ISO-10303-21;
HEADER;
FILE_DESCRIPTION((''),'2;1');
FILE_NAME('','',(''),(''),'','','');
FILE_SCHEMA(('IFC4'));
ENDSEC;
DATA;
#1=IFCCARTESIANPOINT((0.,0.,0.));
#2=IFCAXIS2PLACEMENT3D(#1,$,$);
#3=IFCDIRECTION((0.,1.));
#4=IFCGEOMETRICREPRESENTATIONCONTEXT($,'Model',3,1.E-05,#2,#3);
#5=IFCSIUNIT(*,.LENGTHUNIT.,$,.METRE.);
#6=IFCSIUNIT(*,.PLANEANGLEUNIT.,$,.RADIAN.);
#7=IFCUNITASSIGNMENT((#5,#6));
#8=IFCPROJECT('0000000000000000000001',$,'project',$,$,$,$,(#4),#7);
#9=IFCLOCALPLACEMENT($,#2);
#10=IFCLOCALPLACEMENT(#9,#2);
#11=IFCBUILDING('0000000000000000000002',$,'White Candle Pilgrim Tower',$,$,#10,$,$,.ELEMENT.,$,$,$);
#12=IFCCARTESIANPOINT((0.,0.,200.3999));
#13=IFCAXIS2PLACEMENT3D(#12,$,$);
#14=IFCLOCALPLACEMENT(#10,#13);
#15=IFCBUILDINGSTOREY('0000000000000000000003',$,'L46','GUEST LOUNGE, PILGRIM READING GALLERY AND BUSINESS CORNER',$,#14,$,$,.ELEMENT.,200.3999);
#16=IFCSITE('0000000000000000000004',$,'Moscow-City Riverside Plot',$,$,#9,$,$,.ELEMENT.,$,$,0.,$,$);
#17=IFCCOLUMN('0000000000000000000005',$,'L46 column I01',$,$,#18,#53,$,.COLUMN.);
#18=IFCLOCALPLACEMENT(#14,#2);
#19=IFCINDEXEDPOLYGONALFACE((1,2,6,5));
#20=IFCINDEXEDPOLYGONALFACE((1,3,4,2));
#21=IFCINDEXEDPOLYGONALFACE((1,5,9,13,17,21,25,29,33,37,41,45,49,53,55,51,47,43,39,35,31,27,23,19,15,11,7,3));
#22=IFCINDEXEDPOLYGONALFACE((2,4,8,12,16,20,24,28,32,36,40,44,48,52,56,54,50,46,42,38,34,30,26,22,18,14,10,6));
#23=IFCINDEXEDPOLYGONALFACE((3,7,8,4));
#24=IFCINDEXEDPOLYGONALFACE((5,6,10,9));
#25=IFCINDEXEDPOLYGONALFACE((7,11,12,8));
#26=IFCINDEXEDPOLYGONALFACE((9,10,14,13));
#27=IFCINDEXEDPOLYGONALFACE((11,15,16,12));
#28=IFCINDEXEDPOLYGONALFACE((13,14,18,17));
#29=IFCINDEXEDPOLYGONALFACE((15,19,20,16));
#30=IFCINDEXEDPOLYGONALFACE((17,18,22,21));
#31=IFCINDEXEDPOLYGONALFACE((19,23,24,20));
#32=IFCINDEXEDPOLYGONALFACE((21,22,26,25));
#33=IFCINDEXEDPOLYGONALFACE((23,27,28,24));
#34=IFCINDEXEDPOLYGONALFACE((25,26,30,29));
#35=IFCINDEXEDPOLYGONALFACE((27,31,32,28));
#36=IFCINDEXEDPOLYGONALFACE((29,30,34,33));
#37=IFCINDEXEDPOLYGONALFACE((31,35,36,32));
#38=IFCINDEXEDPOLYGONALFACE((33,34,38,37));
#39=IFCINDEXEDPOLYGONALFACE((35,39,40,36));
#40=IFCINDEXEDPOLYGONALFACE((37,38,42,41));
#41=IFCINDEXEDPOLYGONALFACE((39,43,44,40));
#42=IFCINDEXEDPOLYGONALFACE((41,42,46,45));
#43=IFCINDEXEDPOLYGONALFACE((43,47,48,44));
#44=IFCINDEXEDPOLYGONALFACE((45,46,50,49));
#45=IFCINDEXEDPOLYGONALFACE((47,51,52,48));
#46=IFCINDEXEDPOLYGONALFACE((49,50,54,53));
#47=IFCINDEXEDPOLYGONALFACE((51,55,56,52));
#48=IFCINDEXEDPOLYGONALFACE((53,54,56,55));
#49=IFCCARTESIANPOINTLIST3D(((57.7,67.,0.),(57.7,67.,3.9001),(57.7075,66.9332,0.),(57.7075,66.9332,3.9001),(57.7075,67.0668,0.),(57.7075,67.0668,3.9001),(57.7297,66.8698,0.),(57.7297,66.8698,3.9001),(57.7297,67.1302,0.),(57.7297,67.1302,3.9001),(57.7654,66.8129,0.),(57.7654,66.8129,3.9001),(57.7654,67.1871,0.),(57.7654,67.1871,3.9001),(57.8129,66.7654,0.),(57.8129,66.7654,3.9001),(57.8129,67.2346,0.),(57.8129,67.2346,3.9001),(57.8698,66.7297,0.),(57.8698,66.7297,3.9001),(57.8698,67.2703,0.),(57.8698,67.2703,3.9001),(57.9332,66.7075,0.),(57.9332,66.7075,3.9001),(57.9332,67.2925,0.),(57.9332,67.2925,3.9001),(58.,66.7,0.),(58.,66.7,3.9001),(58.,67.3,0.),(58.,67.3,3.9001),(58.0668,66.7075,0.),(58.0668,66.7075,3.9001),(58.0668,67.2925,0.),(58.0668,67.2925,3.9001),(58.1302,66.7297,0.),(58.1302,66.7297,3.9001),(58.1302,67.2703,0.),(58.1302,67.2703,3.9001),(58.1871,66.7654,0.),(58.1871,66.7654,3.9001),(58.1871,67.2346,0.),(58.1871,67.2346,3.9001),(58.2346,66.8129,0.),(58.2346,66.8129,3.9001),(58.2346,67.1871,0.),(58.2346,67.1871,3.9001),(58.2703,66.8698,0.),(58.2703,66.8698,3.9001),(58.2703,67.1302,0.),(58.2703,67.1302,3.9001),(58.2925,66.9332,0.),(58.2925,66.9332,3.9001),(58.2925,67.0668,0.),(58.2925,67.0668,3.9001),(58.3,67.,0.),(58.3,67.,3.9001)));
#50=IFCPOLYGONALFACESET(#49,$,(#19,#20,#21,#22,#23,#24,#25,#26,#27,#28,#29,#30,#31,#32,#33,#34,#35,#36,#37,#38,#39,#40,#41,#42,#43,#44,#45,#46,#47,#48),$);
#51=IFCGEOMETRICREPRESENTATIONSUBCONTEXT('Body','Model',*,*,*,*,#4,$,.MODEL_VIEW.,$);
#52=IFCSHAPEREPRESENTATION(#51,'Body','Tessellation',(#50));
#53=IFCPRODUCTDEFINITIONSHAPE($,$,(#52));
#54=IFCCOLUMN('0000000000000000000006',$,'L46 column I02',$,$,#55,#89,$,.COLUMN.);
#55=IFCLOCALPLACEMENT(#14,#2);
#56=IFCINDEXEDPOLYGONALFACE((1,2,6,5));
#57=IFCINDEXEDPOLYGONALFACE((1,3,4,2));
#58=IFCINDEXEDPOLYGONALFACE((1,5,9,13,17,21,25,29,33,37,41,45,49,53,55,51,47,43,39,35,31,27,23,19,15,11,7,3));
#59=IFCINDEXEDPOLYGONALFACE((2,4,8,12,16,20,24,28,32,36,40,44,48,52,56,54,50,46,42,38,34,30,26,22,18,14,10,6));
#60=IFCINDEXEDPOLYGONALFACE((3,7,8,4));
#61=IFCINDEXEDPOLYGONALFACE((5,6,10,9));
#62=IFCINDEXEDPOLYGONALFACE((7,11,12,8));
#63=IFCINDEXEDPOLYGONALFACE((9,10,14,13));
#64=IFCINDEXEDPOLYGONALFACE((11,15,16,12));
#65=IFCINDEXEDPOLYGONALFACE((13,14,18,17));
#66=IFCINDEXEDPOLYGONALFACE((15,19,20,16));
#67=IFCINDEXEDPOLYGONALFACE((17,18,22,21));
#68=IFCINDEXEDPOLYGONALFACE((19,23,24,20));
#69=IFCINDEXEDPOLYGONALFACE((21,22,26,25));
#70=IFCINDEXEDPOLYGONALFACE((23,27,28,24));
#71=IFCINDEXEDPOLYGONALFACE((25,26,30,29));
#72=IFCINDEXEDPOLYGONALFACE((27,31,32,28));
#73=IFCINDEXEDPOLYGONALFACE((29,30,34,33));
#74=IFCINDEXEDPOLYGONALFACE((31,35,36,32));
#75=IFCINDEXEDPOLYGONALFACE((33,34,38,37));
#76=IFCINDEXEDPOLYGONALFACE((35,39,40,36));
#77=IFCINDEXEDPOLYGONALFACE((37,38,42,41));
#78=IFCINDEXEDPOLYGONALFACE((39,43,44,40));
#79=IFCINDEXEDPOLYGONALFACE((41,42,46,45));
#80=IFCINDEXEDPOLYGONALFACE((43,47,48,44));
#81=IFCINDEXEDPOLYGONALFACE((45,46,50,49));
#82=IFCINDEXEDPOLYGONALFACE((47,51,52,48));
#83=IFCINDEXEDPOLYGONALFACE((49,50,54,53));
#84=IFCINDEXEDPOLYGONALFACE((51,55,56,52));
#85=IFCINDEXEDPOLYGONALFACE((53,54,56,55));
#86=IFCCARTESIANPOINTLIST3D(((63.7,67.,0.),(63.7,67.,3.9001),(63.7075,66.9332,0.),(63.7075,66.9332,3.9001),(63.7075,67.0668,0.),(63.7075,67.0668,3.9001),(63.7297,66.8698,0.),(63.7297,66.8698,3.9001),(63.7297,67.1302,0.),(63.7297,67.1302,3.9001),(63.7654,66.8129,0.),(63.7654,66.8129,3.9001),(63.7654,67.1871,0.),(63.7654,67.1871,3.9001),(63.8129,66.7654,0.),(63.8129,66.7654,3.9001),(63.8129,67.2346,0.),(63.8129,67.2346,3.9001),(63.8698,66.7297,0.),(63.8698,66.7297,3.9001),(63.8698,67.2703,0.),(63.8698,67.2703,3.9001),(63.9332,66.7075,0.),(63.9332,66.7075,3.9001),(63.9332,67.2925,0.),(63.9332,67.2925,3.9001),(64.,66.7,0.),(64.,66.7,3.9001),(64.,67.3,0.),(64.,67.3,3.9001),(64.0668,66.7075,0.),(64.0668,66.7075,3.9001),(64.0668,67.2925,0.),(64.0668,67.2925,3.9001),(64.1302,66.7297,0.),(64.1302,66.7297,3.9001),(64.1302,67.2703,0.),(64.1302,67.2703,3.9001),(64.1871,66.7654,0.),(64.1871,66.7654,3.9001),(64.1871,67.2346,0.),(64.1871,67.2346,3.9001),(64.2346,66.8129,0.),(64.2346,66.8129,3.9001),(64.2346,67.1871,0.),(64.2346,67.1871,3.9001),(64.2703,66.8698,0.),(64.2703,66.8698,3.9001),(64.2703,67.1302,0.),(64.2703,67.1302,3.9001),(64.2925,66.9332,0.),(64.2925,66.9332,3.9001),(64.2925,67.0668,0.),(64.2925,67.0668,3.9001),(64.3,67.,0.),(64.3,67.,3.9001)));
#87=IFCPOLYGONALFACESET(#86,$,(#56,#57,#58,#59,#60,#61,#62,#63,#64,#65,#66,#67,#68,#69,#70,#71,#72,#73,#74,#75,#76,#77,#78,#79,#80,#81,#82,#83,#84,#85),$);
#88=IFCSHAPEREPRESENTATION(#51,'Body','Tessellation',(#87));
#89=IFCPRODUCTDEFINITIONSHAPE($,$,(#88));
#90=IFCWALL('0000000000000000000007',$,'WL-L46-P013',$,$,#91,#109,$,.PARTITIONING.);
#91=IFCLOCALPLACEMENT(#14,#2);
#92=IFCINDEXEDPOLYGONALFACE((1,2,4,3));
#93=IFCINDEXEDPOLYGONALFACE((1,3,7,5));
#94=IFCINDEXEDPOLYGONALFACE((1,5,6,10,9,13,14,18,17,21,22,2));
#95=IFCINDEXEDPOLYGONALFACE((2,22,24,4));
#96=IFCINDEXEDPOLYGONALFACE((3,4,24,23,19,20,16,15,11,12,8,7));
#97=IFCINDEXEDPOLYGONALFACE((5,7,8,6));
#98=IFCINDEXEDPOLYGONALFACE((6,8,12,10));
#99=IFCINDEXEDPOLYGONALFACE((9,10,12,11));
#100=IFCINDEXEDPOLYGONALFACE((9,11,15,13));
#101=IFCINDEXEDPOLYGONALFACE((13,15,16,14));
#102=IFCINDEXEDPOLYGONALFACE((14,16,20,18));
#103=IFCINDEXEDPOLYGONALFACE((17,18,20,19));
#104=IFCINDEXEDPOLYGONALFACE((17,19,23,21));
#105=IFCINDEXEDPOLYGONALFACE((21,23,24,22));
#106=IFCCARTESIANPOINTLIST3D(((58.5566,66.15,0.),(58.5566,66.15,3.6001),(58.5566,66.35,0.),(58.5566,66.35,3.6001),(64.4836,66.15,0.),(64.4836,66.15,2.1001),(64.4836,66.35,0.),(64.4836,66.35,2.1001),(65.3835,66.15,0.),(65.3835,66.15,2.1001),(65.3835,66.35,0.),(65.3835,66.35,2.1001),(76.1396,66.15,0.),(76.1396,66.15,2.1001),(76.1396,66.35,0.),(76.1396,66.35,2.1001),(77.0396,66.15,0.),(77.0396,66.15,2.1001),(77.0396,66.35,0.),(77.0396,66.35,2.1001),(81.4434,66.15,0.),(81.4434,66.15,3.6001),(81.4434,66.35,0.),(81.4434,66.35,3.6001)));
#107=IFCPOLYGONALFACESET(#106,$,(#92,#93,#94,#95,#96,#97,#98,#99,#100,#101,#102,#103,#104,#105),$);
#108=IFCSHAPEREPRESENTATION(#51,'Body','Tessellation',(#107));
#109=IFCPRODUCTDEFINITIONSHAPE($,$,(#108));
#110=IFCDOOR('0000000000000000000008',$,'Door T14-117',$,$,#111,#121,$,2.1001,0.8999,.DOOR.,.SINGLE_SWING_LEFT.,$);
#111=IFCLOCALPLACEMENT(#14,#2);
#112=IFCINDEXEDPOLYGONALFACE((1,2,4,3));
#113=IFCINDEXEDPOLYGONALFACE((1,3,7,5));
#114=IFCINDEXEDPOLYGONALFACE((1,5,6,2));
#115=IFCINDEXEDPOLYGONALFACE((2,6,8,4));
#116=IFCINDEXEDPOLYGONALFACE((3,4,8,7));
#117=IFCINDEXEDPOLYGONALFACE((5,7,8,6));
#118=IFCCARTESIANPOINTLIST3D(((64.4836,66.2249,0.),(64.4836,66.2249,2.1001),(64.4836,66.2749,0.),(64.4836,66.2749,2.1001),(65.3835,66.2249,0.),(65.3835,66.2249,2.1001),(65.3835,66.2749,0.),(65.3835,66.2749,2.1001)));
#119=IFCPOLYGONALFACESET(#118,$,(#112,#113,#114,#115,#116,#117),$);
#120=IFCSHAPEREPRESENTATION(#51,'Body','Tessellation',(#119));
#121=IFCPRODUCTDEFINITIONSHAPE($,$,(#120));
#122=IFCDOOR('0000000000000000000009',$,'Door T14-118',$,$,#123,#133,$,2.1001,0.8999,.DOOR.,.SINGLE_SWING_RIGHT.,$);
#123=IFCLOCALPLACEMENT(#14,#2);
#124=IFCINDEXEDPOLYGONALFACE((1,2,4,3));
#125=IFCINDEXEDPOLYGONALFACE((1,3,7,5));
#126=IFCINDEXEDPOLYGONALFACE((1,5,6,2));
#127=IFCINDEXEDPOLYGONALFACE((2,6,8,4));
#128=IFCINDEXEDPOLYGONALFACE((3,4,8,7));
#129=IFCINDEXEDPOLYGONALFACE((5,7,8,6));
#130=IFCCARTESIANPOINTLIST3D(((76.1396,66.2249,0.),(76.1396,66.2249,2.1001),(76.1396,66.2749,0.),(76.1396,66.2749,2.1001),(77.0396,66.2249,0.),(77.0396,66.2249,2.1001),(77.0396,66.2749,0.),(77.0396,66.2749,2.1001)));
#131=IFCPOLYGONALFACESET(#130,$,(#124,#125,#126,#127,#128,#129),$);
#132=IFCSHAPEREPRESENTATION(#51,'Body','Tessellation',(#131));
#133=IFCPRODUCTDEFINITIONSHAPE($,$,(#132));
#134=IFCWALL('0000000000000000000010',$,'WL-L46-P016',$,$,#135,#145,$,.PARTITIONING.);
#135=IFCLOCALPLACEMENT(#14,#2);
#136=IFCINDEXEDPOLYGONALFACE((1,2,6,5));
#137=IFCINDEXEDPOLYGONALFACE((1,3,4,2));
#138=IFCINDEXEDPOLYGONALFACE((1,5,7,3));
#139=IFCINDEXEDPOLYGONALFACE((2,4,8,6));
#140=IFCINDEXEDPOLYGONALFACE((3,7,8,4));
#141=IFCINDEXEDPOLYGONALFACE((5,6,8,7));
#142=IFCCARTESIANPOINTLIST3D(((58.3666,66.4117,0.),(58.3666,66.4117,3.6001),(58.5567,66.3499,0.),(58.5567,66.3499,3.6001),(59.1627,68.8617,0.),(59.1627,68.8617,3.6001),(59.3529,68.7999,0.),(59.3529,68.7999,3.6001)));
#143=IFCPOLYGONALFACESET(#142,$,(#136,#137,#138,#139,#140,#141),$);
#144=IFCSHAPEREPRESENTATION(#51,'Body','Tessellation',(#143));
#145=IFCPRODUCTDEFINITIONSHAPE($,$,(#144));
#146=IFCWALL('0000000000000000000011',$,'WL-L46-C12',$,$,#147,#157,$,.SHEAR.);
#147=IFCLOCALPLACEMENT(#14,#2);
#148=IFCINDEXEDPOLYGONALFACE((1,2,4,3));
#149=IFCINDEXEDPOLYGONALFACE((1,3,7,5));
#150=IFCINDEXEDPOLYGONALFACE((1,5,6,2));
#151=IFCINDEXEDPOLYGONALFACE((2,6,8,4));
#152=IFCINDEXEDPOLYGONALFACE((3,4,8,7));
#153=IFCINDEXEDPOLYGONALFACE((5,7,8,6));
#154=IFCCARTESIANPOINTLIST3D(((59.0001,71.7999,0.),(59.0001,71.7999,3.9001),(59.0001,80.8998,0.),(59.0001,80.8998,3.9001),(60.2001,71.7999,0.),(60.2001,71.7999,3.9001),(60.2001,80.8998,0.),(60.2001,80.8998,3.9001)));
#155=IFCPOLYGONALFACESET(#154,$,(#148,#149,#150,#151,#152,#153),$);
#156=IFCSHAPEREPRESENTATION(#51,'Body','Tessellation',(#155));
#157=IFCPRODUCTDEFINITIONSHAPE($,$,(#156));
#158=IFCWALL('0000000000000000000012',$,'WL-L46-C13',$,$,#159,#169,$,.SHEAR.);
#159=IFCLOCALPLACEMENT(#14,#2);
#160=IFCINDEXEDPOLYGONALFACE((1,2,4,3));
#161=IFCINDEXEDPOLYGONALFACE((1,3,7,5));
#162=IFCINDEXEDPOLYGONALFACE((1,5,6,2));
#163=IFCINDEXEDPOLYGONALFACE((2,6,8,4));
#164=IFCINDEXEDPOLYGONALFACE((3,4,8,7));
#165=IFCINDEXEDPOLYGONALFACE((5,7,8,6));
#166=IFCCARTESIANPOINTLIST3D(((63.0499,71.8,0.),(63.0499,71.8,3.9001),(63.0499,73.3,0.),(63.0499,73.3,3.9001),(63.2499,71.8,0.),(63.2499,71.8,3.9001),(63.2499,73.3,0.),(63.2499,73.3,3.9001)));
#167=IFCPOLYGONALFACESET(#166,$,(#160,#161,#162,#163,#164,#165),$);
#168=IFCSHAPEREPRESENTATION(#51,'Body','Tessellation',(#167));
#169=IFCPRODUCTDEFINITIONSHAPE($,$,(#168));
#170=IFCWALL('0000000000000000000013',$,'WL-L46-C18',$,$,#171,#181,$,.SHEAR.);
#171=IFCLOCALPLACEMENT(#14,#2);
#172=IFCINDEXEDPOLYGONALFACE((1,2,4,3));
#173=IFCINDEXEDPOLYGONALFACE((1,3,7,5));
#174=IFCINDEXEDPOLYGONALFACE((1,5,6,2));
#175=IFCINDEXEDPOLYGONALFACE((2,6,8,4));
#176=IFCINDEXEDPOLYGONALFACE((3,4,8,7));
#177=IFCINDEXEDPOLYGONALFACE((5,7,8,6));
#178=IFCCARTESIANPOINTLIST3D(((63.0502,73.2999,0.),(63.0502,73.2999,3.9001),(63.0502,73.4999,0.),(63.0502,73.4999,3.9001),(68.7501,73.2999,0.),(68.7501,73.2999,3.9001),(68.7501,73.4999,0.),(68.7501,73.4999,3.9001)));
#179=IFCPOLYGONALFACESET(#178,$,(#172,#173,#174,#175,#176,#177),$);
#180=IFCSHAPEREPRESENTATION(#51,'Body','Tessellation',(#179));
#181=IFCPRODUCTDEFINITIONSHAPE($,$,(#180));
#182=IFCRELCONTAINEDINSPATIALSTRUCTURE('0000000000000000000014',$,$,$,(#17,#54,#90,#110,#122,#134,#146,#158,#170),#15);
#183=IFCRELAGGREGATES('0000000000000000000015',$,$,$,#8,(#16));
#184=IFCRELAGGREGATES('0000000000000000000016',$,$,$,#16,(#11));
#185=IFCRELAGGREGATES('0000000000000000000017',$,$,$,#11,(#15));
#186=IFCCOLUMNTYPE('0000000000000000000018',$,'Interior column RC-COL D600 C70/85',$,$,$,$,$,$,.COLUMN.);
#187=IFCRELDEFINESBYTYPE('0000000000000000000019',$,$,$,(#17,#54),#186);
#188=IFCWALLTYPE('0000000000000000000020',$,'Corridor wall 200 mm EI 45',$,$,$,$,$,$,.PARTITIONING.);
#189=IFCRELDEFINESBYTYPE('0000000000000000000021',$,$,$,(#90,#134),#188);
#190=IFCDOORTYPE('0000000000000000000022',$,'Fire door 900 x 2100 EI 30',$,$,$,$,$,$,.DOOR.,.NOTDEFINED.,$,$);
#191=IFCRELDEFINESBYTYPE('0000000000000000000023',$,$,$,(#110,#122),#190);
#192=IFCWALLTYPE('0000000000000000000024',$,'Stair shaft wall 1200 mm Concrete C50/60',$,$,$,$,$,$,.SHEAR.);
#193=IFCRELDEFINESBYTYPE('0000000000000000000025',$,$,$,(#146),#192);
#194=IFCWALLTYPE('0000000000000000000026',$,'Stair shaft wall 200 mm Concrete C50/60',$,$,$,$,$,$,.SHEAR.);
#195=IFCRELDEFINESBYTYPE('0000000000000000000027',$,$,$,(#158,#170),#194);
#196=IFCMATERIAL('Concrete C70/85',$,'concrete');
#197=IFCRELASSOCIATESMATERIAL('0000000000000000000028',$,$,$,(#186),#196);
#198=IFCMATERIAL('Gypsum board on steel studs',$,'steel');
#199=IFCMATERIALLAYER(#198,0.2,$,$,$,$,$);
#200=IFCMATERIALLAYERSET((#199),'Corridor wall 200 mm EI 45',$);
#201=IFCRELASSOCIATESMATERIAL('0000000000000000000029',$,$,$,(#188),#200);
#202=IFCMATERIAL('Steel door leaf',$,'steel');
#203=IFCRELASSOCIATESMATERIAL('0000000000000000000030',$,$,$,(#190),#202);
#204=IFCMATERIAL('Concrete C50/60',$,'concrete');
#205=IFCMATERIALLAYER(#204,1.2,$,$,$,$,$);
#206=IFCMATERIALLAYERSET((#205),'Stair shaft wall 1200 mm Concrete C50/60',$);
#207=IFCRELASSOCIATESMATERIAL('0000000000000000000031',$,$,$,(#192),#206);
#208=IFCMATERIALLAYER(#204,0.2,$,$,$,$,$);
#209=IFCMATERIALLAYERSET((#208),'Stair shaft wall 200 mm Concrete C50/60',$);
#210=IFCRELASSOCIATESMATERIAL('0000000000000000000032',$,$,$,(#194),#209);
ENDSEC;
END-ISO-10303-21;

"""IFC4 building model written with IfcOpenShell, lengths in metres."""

from ifc_helpers import new_model, si_unit, direction, frame, frame_2d, origin, origin_2d, place, context, subcontext, project, spatial, rectangle, circle, extrude, material, layer, layer_set, material_profile, profile_set, type_object, element, fill, save


model = new_model("IFC4")

# Units and contexts
model_context = context("Model", 3, precision=1e-05, world=origin(), true_north=direction((0.0, 1.0)))
body_context = subcontext(model_context, "Body", "Model", "MODEL_VIEW")
ifc_project = project(units=[si_unit("LENGTHUNIT", "METRE"), si_unit("PLANEANGLEUNIT", "RADIAN")], contexts=[model_context])

# Site, building, storey
site_placement = place(None, origin())
site = spatial("IfcSite", under=ifc_project, at=site_placement, Name="Moscow-City Riverside Plot", CompositionType="ELEMENT", RefElevation=0.0)
building_placement = place(site_placement, origin())
building = spatial("IfcBuilding", under=site, at=building_placement, Name="White Candle Pilgrim Tower", CompositionType="ELEMENT")
storey_placement = place(building_placement, frame((0.0, 0.0, 200.3999)))
storey = spatial("IfcBuildingStorey", under=building, at=storey_placement, Name="L46", Description="GUEST LOUNGE, PILGRIM READING GALLERY AND BUSINESS CORNER", CompositionType="ELEMENT", Elevation=200.3999)

# Columns
ifc_material_1 = material(Name="Concrete C70/85", Category="concrete")
ifc_material_profile = material_profile(ifc_material_1, circle(Radius=0.3, at=origin_2d()), Name="RC-COL D600")
ifc_profile_set = profile_set([ifc_material_profile], Name="Concrete C70/85")
column_type = type_object("IfcColumnType", Name="Interior column RC-COL D600 C70/85", PredefinedType="COLUMN", material=ifc_profile_set)
for number, where, z_axis, x_axis, name in (
    (1, (58.0, 67.0, 0.0), (0.0, 0.0, 1.0), (1.0, 0.0, 0.0), "L46 column I01"),
    (2, (64.0, 67.0, 0.0), (0.0, 0.0, 1.0), (1.0, 0.0, 0.0), "L46 column I02"),
):
    element("IfcColumn", number, at=place(storey_placement, frame(where, z_axis=z_axis, x_axis=x_axis)), inside=storey, type_object=column_type, Name=name, PredefinedType="COLUMN", context=body_context, shape_type="SweptSolid", body=[
        extrude(circle(Radius=0.3, at=origin_2d()), origin(), (0.0, 0.0, 1.0), 3.9001),
    ])

# Wall, openings, doors
ifc_material_2 = material(Name="Gypsum board on steel studs", Category="steel")
ifc_layer_1 = layer(ifc_material_2, 0.2)
ifc_layer_set_1 = layer_set([ifc_layer_1], Name="Corridor wall 200 mm EI 45")
wall_type_1 = type_object("IfcWallType", Name="Corridor wall 200 mm EI 45", PredefinedType="PARTITIONING", material=ifc_layer_set_1)
wall_1_placement = place(storey_placement, frame((58.5566, 66.25, 0.0), z_axis=(0.0, 0.0, 1.0), x_axis=(1.0, 0.0, 0.0)))
wall_1 = element("IfcWall", 3, at=wall_1_placement, inside=storey, type_object=wall_type_1, Name="WL-L46-P013", PredefinedType="PARTITIONING", context=body_context, shape_type="SweptSolid", body=[
    extrude(rectangle(XDim=22.8867, YDim=0.2, at=frame_2d((11.4434, 0.0))), origin(), (0.0, 0.0, 1.0), 3.6001),
])
opening_1_placement = place(wall_1_placement, frame((5.927, 0.0, 0.0)))
opening_1 = element("IfcOpeningElement", 4, at=opening_1_placement, cuts=wall_1, PredefinedType="OPENING", context=body_context, shape_type="SweptSolid", body=[
    extrude(rectangle(XDim=0.8999, YDim=2.1001, at=frame_2d((0.45, 1.05))), frame((0.0, 0.1099, 0.0), z_axis=(0.0, -1.0, 0.0), x_axis=(1.0, 0.0, 0.0)), (0.0, 0.0, 1.0), 0.22),
])
opening_2_placement = place(wall_1_placement, frame((17.583, 0.0, 0.0)))
opening_2 = element("IfcOpeningElement", 5, at=opening_2_placement, cuts=wall_1, PredefinedType="OPENING", context=body_context, shape_type="SweptSolid", body=[
    extrude(rectangle(XDim=0.8999, YDim=2.1001, at=frame_2d((0.45, 1.05))), frame((0.0, 0.1099, 0.0), z_axis=(0.0, -1.0, 0.0), x_axis=(1.0, 0.0, 0.0)), (0.0, 0.0, 1.0), 0.22),
])
ifc_material_3 = material(Name="Steel door leaf", Category="steel")
door_type_1 = type_object("IfcDoorType", Name="Fire door 900 x 2100 EI 30", OperationType="NOTDEFINED", PredefinedType="DOOR", material=ifc_material_3)
door_1_placement = place(opening_1_placement, origin())
door_1 = element("IfcDoor", 6, at=door_1_placement, inside=storey, type_object=door_type_1, Name="Door T14-117", OperationType="SINGLE_SWING_LEFT", OverallHeight=2.1001, OverallWidth=0.8999, PredefinedType="DOOR", context=body_context, shape_type="SweptSolid", body=[
    extrude(rectangle(XDim=0.8999, YDim=2.1001, at=frame_2d((0.45, 1.05))), frame((0.0, 0.0249, 0.0), z_axis=(0.0, -1.0, 0.0), x_axis=(1.0, 0.0, 0.0)), (0.0, 0.0, 1.0), 0.05),
])
fill(opening_1, door_1)
door_2_placement = place(opening_2_placement, origin())
door_2 = element("IfcDoor", 7, at=door_2_placement, inside=storey, type_object=door_type_1, Name="Door T14-118", OperationType="SINGLE_SWING_RIGHT", OverallHeight=2.1001, OverallWidth=0.8999, PredefinedType="DOOR", context=body_context, shape_type="SweptSolid", body=[
    extrude(rectangle(XDim=0.8999, YDim=2.1001, at=frame_2d((0.45, 1.05))), frame((0.0, 0.0249, 0.0), z_axis=(0.0, -1.0, 0.0), x_axis=(1.0, 0.0, 0.0)), (0.0, 0.0, 1.0), 0.05),
])
fill(opening_2, door_2)

# Walls
wall_2_placement = place(storey_placement, frame((59.2578, 68.8308, 0.0), z_axis=(0.0, 0.0, 1.0), x_axis=(-0.309054, -0.951045, 0.0)))
element("IfcWall", 8, at=wall_2_placement, inside=storey, type_object=wall_type_1, Name="WL-L46-P016", PredefinedType="PARTITIONING", context=body_context, shape_type="SweptSolid", body=[
    extrude(rectangle(XDim=2.5762, YDim=0.2, at=frame_2d((1.2881, 0.0))), origin(), (0.0, 0.0, 1.0), 3.6001),
])
ifc_material_4 = material(Name="Concrete C50/60", Category="concrete")
ifc_layer_2 = layer(ifc_material_4, 1.2)
ifc_layer_set_2 = layer_set([ifc_layer_2], Name="Stair shaft wall 1200 mm Concrete C50/60")
wall_type_2 = type_object("IfcWallType", Name="Stair shaft wall 1200 mm Concrete C50/60", PredefinedType="SHEAR", material=ifc_layer_set_2)
wall_3_placement = place(storey_placement, frame((59.6001, 71.8, 0.0), z_axis=(0.0, 0.0, 1.0), x_axis=(0.0, 1.0, 0.0)))
element("IfcWall", 9, at=wall_3_placement, inside=storey, type_object=wall_type_2, Name="WL-L46-C12", PredefinedType="SHEAR", context=body_context, shape_type="SweptSolid", body=[
    extrude(rectangle(XDim=9.0999, YDim=1.2, at=frame_2d((4.5498, 0.0))), origin(), (0.0, 0.0, 1.0), 3.9001),
])
ifc_layer_3 = layer(ifc_material_4, 0.2)
ifc_layer_set_3 = layer_set([ifc_layer_3], Name="Stair shaft wall 200 mm Concrete C50/60")
wall_type_3 = type_object("IfcWallType", Name="Stair shaft wall 200 mm Concrete C50/60", PredefinedType="SHEAR", material=ifc_layer_set_3)
wall_4_placement = place(storey_placement, frame((63.1499, 71.8, 0.0), z_axis=(0.0, 0.0, 1.0), x_axis=(0.0, 1.0, 0.0)))
element("IfcWall", 10, at=wall_4_placement, inside=storey, type_object=wall_type_3, Name="WL-L46-C13", PredefinedType="SHEAR", context=body_context, shape_type="SweptSolid", body=[
    extrude(rectangle(XDim=1.5, YDim=0.2, at=frame_2d((0.75, 0.0))), origin(), (0.0, 0.0, 1.0), 3.9001),
])
wall_5_placement = place(storey_placement, frame((63.05, 73.3999, 0.0), z_axis=(0.0, 0.0, 1.0), x_axis=(1.0, 0.0, 0.0)))
element("IfcWall", 11, at=wall_5_placement, inside=storey, type_object=wall_type_3, Name="WL-L46-C18", PredefinedType="SHEAR", context=body_context, shape_type="SweptSolid", body=[
    extrude(rectangle(XDim=5.7, YDim=0.2, at=frame_2d((2.8501, 0.0))), origin(), (0.0, 0.0, 1.0), 3.9001),
])

save(model, "model.ifc")
